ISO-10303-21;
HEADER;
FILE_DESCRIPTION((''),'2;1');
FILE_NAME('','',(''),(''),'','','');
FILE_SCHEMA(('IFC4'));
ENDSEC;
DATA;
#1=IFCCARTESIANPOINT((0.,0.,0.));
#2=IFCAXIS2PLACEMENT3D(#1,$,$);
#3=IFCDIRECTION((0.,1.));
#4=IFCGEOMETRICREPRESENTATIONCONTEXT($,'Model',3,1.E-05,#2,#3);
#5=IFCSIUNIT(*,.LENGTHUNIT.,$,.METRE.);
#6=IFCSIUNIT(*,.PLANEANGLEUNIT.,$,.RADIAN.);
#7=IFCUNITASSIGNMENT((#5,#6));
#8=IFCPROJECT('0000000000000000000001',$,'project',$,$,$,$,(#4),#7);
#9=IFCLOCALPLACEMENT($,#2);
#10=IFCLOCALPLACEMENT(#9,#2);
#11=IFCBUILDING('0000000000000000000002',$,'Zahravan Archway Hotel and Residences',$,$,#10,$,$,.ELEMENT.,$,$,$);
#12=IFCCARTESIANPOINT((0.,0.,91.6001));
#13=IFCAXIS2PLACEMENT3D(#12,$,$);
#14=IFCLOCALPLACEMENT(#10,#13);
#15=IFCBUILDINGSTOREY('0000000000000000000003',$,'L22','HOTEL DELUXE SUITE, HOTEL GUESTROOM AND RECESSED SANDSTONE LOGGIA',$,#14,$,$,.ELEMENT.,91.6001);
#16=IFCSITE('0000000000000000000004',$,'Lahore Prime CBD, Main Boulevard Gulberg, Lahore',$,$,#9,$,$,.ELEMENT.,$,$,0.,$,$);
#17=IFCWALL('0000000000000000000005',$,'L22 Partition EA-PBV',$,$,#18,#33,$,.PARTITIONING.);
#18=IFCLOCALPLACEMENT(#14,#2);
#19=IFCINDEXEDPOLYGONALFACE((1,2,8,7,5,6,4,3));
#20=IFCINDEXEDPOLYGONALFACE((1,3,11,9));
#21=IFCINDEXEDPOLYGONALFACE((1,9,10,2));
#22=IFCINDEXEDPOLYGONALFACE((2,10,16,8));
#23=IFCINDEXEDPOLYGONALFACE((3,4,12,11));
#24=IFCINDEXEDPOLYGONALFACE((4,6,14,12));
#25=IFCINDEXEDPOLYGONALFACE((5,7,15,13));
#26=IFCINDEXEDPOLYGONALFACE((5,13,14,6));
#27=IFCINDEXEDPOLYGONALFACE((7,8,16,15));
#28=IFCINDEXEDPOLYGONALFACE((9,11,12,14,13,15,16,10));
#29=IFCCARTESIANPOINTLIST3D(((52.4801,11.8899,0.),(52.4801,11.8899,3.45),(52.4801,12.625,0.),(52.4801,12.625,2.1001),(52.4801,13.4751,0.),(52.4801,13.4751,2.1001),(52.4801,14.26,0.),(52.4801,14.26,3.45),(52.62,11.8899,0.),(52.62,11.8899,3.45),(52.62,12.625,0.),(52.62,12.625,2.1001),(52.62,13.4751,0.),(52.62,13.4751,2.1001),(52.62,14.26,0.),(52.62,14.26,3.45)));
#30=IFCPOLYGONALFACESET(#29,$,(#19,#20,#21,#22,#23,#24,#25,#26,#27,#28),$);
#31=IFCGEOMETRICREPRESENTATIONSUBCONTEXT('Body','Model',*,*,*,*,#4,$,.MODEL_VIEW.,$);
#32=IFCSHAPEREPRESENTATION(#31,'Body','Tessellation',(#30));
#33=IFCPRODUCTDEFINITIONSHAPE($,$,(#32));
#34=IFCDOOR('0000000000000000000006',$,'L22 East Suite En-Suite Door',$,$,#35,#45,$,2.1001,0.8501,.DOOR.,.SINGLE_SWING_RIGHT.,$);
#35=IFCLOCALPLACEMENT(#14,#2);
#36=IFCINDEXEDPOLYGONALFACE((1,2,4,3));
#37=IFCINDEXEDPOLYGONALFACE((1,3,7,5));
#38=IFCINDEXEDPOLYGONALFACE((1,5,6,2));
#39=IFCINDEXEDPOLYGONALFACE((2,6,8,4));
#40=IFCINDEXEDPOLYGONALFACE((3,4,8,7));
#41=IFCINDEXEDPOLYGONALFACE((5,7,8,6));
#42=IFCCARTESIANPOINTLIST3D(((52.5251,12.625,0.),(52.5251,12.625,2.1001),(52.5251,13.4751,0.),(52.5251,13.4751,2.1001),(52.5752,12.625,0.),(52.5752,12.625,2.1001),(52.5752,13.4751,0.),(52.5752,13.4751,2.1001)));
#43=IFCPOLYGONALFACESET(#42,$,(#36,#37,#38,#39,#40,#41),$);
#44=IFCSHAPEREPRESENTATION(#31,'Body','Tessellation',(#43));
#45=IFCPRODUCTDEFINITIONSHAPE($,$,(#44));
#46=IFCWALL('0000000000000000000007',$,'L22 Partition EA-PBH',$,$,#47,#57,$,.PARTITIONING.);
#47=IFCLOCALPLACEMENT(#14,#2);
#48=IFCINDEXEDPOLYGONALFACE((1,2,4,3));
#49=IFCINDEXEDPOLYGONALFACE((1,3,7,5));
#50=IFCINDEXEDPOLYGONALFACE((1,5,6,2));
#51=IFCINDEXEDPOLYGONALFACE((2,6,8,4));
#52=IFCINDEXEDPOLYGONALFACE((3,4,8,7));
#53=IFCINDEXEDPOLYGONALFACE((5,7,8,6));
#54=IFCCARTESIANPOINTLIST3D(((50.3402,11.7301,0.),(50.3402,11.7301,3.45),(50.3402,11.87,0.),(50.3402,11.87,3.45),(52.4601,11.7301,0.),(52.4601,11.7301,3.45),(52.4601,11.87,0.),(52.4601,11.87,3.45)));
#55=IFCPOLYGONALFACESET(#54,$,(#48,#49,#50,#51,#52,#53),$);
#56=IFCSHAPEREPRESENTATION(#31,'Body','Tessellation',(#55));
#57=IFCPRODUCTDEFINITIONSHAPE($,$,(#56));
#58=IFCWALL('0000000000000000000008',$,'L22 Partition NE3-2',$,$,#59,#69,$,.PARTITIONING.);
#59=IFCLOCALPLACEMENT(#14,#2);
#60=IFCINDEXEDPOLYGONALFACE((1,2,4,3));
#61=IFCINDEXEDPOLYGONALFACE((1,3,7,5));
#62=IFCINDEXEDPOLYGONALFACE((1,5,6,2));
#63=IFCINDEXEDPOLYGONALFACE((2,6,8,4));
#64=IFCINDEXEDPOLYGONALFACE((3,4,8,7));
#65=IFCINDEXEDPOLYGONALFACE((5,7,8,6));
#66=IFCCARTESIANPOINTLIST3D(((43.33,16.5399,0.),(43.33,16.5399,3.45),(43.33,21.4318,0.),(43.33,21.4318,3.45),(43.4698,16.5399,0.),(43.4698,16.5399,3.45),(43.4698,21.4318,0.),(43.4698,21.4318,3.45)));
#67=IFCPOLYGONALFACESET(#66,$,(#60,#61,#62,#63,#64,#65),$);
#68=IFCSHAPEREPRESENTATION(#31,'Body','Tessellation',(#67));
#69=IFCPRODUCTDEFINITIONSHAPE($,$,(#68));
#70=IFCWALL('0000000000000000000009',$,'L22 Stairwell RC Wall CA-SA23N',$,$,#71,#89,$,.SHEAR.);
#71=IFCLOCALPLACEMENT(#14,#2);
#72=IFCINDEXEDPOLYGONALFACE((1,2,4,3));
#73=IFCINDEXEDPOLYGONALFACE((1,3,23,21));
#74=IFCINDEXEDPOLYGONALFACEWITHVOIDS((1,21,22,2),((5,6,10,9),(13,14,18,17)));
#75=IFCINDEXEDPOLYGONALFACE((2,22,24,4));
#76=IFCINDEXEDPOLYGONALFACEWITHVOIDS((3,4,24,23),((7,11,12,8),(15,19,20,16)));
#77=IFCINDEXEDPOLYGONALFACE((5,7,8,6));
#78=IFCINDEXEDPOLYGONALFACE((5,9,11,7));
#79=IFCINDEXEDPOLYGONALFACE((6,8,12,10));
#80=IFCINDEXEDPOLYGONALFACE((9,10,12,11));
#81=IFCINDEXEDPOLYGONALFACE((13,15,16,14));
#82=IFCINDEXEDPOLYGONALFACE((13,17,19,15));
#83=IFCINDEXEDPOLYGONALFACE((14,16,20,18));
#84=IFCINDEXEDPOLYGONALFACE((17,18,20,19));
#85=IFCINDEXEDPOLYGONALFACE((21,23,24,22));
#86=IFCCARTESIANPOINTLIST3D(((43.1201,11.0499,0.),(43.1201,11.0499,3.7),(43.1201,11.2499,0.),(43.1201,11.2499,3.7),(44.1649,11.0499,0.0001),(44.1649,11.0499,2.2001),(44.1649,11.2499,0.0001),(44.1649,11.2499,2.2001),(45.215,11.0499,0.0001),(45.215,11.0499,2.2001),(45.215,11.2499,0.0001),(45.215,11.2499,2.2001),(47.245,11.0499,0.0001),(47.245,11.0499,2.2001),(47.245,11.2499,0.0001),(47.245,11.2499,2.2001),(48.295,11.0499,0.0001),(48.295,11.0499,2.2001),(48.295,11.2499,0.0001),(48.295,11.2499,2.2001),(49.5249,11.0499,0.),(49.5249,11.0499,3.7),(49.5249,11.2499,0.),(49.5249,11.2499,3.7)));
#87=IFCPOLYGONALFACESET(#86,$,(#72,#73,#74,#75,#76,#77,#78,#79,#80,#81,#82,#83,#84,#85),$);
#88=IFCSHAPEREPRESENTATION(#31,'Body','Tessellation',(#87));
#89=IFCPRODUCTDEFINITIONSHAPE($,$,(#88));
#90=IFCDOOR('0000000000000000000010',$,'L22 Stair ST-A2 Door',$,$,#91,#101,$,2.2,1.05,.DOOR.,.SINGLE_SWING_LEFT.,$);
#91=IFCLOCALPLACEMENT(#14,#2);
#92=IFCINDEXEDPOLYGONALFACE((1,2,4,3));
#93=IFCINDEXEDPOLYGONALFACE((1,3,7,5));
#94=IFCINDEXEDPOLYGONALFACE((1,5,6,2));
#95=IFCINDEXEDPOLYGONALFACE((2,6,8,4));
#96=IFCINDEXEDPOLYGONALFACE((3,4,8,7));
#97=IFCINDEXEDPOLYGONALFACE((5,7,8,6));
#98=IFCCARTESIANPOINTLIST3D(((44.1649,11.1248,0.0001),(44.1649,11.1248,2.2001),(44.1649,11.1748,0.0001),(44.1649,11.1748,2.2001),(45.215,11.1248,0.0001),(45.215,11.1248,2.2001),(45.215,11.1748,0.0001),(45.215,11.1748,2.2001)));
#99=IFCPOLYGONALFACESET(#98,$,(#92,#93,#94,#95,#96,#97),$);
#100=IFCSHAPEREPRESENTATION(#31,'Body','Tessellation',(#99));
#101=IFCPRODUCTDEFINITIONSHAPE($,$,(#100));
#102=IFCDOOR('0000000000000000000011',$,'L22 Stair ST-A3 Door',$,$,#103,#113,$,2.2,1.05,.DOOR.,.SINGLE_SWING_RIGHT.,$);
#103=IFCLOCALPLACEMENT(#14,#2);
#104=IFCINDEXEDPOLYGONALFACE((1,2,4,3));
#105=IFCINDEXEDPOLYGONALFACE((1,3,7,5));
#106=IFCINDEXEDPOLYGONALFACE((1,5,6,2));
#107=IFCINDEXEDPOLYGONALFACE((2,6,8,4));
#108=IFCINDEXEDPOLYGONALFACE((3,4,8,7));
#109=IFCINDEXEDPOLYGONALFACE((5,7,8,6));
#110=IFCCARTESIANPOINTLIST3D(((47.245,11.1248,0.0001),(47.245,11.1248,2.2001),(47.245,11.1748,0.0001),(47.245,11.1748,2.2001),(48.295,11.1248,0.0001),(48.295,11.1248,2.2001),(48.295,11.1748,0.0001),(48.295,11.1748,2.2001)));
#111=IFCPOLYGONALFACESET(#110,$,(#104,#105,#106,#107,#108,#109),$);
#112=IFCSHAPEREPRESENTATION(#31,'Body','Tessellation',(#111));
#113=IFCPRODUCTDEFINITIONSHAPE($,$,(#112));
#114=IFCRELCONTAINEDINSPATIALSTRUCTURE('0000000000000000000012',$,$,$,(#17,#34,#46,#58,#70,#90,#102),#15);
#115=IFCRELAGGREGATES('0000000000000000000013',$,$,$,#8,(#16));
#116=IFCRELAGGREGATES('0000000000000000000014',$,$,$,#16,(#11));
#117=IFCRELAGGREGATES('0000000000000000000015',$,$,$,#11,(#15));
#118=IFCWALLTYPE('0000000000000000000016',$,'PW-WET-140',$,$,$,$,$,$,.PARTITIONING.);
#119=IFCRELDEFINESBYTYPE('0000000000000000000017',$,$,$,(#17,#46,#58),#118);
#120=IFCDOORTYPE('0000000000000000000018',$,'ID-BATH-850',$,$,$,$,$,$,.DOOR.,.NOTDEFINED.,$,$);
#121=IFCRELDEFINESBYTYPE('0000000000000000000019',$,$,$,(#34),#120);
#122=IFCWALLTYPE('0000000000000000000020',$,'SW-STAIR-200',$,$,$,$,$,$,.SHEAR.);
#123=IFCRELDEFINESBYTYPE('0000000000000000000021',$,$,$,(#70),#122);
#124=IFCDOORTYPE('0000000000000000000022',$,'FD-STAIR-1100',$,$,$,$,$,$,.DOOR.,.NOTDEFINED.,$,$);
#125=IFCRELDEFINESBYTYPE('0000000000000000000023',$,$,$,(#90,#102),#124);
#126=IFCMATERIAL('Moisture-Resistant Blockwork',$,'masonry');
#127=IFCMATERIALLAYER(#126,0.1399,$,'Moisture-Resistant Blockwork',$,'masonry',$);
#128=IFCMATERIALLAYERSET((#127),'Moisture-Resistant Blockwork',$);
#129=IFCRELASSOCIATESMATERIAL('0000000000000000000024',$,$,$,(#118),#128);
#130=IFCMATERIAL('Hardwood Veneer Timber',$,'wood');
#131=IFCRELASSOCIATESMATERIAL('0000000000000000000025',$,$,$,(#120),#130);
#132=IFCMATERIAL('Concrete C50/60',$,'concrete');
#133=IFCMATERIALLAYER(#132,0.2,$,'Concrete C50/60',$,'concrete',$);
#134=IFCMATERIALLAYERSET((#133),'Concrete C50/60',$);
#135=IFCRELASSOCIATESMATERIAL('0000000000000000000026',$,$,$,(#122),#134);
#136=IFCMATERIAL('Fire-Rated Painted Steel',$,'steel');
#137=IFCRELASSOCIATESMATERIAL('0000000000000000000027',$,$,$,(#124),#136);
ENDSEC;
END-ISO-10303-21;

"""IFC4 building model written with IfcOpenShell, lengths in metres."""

from ifc_helpers import new_model, si_unit, direction, frame, frame_2d, origin, place, context, subcontext, project, spatial, rectangle, extrude, source, transform, mapped, material, layer, layer_set, type_object, type_shapes, element, fill, save


model = new_model("IFC4")

# Units and contexts
model_context = context("Model", 3, precision=1e-05, world=origin(), true_north=direction((0.0, 1.0)))
body_context = subcontext(model_context, "Body", "Model", "MODEL_VIEW")
ifc_project = project(units=[si_unit("LENGTHUNIT", "METRE"), si_unit("PLANEANGLEUNIT", "RADIAN")], contexts=[model_context])

# Site, building, storey
site_placement = place(None, origin())
site = spatial("IfcSite", under=ifc_project, at=site_placement, Name="Lahore Prime CBD, Main Boulevard Gulberg, Lahore", CompositionType="ELEMENT", RefElevation=0.0)
building_placement = place(site_placement, origin())
building = spatial("IfcBuilding", under=site, at=building_placement, Name="Zahravan Archway Hotel and Residences", CompositionType="ELEMENT")
storey_placement = place(building_placement, frame((0.0, 0.0, 91.6001)))
storey = spatial("IfcBuildingStorey", under=building, at=storey_placement, Name="L22", Description="HOTEL DELUXE SUITE, HOTEL GUESTROOM AND RECESSED SANDSTONE LOGGIA", CompositionType="ELEMENT", Elevation=91.6001)

# Wall, opening, door
ifc_material_1 = material(Name="Fire-Rated Painted Steel", Category="steel")
ifc_material_2 = material(Name="Hardwood Veneer Timber", Category="wood")
ifc_material_3 = material(Name="Moisture-Resistant Blockwork", Category="masonry")
ifc_layer_1 = layer(ifc_material_3, 0.1399, Name="Moisture-Resistant Blockwork", Category="masonry")
ifc_layer_set_1 = layer_set([ifc_layer_1], Name="Moisture-Resistant Blockwork")
wall_type_1 = type_object("IfcWallType", Name="PW-WET-140", PredefinedType="PARTITIONING", material=ifc_layer_set_1)
wall_1_placement = place(storey_placement, frame((52.55, 11.8899, 0.0), z_axis=(0.0, 0.0, 1.0), x_axis=(0.0, 1.0, 0.0)))
wall_1 = element("IfcWall", 1, at=wall_1_placement, inside=storey, type_object=wall_type_1, Name="L22 Partition EA-PBV", PredefinedType="PARTITIONING", context=body_context, shape_type="SweptSolid", body=[
    extrude(rectangle(XDim=2.3701, YDim=0.1399, at=frame_2d((1.1851, 0.0))), origin(), (0.0, 0.0, 1.0), 3.45),
])
opening_1_placement = place(wall_1_placement, frame((0.7351, 0.0, 0.0)))
opening_1 = element("IfcOpeningElement", 2, at=opening_1_placement, cuts=wall_1, PredefinedType="OPENING", context=body_context, shape_type="SweptSolid", body=[
    extrude(rectangle(XDim=0.8501, YDim=2.1001, at=frame_2d((0.425, 1.05))), frame((0.0, 0.0801, 0.0), z_axis=(0.0, -1.0, 0.0), x_axis=(1.0, 0.0, 0.0)), (0.0, 0.0, 1.0), 0.1599),
])
door_type_1 = type_object("IfcDoorType", Name="ID-BATH-850", OperationType="NOTDEFINED", PredefinedType="DOOR", material=ifc_material_2)
shared_shape_1 = source(origin(), body_context, "Body", "SweptSolid", [
    extrude(rectangle(XDim=0.8501, YDim=2.1001, at=frame_2d((0.425, 1.05))), frame((0.0, 0.0249, 0.0), z_axis=(0.0, -1.0, 0.0), x_axis=(1.0, 0.0, 0.0)), (0.0, 0.0, 1.0), 0.05),
])
type_shapes(door_type_1, [shared_shape_1])
door_1_placement = place(opening_1_placement, origin())
door_1 = element("IfcDoor", 3, at=door_1_placement, inside=storey, type_object=door_type_1, Name="L22 East Suite En-Suite Door", OperationType="SINGLE_SWING_RIGHT", OverallHeight=2.1001, OverallWidth=0.8501, PredefinedType="DOOR", context=body_context, shape_type="MappedRepresentation", body=[
    mapped(shared_shape_1, transform((0.0, 0.0, 0.0), scale=1.0)),
])
fill(opening_1, door_1)

# Walls
wall_2_placement = place(storey_placement, frame((50.3401, 11.8, 0.0), z_axis=(0.0, 0.0, 1.0), x_axis=(1.0, 0.0, 0.0)))
element("IfcWall", 4, at=wall_2_placement, inside=storey, type_object=wall_type_1, Name="L22 Partition EA-PBH", PredefinedType="PARTITIONING", context=body_context, shape_type="SweptSolid", body=[
    extrude(rectangle(XDim=2.1199, YDim=0.1399, at=frame_2d((1.0601, 0.0))), origin(), (0.0, 0.0, 1.0), 3.45),
])
wall_3_placement = place(storey_placement, frame((43.3999, 16.54, 0.0), z_axis=(0.0, 0.0, 1.0), x_axis=(0.0, 1.0, 0.0)))
element("IfcWall", 5, at=wall_3_placement, inside=storey, type_object=wall_type_1, Name="L22 Partition NE3-2", PredefinedType="PARTITIONING", context=body_context, shape_type="SweptSolid", body=[
    extrude(rectangle(XDim=4.8918, YDim=0.1399, at=frame_2d((2.4458, 0.0))), origin(), (0.0, 0.0, 1.0), 3.45),
])

# Wall, openings, doors
ifc_material_4 = material(Name="Concrete C50/60", Category="concrete")
ifc_layer_2 = layer(ifc_material_4, 0.2, Name="Concrete C50/60", Category="concrete")
ifc_layer_set_2 = layer_set([ifc_layer_2], Name="Concrete C50/60")
wall_type_2 = type_object("IfcWallType", Name="SW-STAIR-200", PredefinedType="SHEAR", material=ifc_layer_set_2)
wall_4_placement = place(storey_placement, frame((43.1201, 11.1499, 0.0), z_axis=(0.0, 0.0, 1.0), x_axis=(1.0, 0.0, 0.0)))
wall_4 = element("IfcWall", 6, at=wall_4_placement, inside=storey, type_object=wall_type_2, Name="L22 Stairwell RC Wall CA-SA23N", PredefinedType="SHEAR", context=body_context, shape_type="SweptSolid", body=[
    extrude(rectangle(XDim=6.4048, YDim=0.2, at=frame_2d((3.2024, 0.0))), origin(), (0.0, 0.0, 1.0), 3.7),
])
opening_2_placement = place(wall_4_placement, frame((1.0449, 0.0, 0.0)))
opening_2 = element("IfcOpeningElement", 7, at=opening_2_placement, cuts=wall_4, PredefinedType="OPENING", context=body_context, shape_type="SweptSolid", body=[
    extrude(rectangle(XDim=1.05, YDim=2.2, at=frame_2d((0.5249, 1.1001))), frame((0.0, 0.1099, 0.0), z_axis=(0.0, -1.0, 0.0), x_axis=(1.0, 0.0, 0.0)), (0.0, 0.0, 1.0), 0.22),
])
opening_3_placement = place(wall_4_placement, frame((4.125, 0.0, 0.0)))
opening_3 = element("IfcOpeningElement", 8, at=opening_3_placement, cuts=wall_4, PredefinedType="OPENING", context=body_context, shape_type="SweptSolid", body=[
    extrude(rectangle(XDim=1.05, YDim=2.2, at=frame_2d((0.5249, 1.1001))), frame((0.0, 0.1099, 0.0), z_axis=(0.0, -1.0, 0.0), x_axis=(1.0, 0.0, 0.0)), (0.0, 0.0, 1.0), 0.22),
])
door_type_2 = type_object("IfcDoorType", Name="FD-STAIR-1100", OperationType="NOTDEFINED", PredefinedType="DOOR", material=ifc_material_1)
shared_shape_2 = source(origin(), body_context, "Body", "SweptSolid", [
    extrude(rectangle(XDim=1.05, YDim=2.2, at=frame_2d((0.5249, 1.1001))), frame((0.0, 0.0249, 0.0), z_axis=(0.0, -1.0, 0.0), x_axis=(1.0, 0.0, 0.0)), (0.0, 0.0, 1.0), 0.05),
])
type_shapes(door_type_2, [shared_shape_2])
door_2_placement = place(opening_2_placement, origin())
door_2 = element("IfcDoor", 9, at=door_2_placement, inside=storey, type_object=door_type_2, Name="L22 Stair ST-A2 Door", OperationType="SINGLE_SWING_LEFT", OverallHeight=2.2, OverallWidth=1.05, PredefinedType="DOOR", context=body_context, shape_type="MappedRepresentation", body=[
    mapped(shared_shape_2, transform((0.0, 0.0, 0.0), scale=1.0)),
])
fill(opening_2, door_2)
door_3_placement = place(opening_3_placement, origin())
door_3 = element("IfcDoor", 10, at=door_3_placement, inside=storey, type_object=door_type_2, Name="L22 Stair ST-A3 Door", OperationType="SINGLE_SWING_RIGHT", OverallHeight=2.2, OverallWidth=1.05, PredefinedType="DOOR", context=body_context, shape_type="MappedRepresentation", body=[
    mapped(shared_shape_2, transform((0.0, 0.0, 0.0), scale=1.0)),
])
fill(opening_3, door_3)

save(model, "model.ifc")
